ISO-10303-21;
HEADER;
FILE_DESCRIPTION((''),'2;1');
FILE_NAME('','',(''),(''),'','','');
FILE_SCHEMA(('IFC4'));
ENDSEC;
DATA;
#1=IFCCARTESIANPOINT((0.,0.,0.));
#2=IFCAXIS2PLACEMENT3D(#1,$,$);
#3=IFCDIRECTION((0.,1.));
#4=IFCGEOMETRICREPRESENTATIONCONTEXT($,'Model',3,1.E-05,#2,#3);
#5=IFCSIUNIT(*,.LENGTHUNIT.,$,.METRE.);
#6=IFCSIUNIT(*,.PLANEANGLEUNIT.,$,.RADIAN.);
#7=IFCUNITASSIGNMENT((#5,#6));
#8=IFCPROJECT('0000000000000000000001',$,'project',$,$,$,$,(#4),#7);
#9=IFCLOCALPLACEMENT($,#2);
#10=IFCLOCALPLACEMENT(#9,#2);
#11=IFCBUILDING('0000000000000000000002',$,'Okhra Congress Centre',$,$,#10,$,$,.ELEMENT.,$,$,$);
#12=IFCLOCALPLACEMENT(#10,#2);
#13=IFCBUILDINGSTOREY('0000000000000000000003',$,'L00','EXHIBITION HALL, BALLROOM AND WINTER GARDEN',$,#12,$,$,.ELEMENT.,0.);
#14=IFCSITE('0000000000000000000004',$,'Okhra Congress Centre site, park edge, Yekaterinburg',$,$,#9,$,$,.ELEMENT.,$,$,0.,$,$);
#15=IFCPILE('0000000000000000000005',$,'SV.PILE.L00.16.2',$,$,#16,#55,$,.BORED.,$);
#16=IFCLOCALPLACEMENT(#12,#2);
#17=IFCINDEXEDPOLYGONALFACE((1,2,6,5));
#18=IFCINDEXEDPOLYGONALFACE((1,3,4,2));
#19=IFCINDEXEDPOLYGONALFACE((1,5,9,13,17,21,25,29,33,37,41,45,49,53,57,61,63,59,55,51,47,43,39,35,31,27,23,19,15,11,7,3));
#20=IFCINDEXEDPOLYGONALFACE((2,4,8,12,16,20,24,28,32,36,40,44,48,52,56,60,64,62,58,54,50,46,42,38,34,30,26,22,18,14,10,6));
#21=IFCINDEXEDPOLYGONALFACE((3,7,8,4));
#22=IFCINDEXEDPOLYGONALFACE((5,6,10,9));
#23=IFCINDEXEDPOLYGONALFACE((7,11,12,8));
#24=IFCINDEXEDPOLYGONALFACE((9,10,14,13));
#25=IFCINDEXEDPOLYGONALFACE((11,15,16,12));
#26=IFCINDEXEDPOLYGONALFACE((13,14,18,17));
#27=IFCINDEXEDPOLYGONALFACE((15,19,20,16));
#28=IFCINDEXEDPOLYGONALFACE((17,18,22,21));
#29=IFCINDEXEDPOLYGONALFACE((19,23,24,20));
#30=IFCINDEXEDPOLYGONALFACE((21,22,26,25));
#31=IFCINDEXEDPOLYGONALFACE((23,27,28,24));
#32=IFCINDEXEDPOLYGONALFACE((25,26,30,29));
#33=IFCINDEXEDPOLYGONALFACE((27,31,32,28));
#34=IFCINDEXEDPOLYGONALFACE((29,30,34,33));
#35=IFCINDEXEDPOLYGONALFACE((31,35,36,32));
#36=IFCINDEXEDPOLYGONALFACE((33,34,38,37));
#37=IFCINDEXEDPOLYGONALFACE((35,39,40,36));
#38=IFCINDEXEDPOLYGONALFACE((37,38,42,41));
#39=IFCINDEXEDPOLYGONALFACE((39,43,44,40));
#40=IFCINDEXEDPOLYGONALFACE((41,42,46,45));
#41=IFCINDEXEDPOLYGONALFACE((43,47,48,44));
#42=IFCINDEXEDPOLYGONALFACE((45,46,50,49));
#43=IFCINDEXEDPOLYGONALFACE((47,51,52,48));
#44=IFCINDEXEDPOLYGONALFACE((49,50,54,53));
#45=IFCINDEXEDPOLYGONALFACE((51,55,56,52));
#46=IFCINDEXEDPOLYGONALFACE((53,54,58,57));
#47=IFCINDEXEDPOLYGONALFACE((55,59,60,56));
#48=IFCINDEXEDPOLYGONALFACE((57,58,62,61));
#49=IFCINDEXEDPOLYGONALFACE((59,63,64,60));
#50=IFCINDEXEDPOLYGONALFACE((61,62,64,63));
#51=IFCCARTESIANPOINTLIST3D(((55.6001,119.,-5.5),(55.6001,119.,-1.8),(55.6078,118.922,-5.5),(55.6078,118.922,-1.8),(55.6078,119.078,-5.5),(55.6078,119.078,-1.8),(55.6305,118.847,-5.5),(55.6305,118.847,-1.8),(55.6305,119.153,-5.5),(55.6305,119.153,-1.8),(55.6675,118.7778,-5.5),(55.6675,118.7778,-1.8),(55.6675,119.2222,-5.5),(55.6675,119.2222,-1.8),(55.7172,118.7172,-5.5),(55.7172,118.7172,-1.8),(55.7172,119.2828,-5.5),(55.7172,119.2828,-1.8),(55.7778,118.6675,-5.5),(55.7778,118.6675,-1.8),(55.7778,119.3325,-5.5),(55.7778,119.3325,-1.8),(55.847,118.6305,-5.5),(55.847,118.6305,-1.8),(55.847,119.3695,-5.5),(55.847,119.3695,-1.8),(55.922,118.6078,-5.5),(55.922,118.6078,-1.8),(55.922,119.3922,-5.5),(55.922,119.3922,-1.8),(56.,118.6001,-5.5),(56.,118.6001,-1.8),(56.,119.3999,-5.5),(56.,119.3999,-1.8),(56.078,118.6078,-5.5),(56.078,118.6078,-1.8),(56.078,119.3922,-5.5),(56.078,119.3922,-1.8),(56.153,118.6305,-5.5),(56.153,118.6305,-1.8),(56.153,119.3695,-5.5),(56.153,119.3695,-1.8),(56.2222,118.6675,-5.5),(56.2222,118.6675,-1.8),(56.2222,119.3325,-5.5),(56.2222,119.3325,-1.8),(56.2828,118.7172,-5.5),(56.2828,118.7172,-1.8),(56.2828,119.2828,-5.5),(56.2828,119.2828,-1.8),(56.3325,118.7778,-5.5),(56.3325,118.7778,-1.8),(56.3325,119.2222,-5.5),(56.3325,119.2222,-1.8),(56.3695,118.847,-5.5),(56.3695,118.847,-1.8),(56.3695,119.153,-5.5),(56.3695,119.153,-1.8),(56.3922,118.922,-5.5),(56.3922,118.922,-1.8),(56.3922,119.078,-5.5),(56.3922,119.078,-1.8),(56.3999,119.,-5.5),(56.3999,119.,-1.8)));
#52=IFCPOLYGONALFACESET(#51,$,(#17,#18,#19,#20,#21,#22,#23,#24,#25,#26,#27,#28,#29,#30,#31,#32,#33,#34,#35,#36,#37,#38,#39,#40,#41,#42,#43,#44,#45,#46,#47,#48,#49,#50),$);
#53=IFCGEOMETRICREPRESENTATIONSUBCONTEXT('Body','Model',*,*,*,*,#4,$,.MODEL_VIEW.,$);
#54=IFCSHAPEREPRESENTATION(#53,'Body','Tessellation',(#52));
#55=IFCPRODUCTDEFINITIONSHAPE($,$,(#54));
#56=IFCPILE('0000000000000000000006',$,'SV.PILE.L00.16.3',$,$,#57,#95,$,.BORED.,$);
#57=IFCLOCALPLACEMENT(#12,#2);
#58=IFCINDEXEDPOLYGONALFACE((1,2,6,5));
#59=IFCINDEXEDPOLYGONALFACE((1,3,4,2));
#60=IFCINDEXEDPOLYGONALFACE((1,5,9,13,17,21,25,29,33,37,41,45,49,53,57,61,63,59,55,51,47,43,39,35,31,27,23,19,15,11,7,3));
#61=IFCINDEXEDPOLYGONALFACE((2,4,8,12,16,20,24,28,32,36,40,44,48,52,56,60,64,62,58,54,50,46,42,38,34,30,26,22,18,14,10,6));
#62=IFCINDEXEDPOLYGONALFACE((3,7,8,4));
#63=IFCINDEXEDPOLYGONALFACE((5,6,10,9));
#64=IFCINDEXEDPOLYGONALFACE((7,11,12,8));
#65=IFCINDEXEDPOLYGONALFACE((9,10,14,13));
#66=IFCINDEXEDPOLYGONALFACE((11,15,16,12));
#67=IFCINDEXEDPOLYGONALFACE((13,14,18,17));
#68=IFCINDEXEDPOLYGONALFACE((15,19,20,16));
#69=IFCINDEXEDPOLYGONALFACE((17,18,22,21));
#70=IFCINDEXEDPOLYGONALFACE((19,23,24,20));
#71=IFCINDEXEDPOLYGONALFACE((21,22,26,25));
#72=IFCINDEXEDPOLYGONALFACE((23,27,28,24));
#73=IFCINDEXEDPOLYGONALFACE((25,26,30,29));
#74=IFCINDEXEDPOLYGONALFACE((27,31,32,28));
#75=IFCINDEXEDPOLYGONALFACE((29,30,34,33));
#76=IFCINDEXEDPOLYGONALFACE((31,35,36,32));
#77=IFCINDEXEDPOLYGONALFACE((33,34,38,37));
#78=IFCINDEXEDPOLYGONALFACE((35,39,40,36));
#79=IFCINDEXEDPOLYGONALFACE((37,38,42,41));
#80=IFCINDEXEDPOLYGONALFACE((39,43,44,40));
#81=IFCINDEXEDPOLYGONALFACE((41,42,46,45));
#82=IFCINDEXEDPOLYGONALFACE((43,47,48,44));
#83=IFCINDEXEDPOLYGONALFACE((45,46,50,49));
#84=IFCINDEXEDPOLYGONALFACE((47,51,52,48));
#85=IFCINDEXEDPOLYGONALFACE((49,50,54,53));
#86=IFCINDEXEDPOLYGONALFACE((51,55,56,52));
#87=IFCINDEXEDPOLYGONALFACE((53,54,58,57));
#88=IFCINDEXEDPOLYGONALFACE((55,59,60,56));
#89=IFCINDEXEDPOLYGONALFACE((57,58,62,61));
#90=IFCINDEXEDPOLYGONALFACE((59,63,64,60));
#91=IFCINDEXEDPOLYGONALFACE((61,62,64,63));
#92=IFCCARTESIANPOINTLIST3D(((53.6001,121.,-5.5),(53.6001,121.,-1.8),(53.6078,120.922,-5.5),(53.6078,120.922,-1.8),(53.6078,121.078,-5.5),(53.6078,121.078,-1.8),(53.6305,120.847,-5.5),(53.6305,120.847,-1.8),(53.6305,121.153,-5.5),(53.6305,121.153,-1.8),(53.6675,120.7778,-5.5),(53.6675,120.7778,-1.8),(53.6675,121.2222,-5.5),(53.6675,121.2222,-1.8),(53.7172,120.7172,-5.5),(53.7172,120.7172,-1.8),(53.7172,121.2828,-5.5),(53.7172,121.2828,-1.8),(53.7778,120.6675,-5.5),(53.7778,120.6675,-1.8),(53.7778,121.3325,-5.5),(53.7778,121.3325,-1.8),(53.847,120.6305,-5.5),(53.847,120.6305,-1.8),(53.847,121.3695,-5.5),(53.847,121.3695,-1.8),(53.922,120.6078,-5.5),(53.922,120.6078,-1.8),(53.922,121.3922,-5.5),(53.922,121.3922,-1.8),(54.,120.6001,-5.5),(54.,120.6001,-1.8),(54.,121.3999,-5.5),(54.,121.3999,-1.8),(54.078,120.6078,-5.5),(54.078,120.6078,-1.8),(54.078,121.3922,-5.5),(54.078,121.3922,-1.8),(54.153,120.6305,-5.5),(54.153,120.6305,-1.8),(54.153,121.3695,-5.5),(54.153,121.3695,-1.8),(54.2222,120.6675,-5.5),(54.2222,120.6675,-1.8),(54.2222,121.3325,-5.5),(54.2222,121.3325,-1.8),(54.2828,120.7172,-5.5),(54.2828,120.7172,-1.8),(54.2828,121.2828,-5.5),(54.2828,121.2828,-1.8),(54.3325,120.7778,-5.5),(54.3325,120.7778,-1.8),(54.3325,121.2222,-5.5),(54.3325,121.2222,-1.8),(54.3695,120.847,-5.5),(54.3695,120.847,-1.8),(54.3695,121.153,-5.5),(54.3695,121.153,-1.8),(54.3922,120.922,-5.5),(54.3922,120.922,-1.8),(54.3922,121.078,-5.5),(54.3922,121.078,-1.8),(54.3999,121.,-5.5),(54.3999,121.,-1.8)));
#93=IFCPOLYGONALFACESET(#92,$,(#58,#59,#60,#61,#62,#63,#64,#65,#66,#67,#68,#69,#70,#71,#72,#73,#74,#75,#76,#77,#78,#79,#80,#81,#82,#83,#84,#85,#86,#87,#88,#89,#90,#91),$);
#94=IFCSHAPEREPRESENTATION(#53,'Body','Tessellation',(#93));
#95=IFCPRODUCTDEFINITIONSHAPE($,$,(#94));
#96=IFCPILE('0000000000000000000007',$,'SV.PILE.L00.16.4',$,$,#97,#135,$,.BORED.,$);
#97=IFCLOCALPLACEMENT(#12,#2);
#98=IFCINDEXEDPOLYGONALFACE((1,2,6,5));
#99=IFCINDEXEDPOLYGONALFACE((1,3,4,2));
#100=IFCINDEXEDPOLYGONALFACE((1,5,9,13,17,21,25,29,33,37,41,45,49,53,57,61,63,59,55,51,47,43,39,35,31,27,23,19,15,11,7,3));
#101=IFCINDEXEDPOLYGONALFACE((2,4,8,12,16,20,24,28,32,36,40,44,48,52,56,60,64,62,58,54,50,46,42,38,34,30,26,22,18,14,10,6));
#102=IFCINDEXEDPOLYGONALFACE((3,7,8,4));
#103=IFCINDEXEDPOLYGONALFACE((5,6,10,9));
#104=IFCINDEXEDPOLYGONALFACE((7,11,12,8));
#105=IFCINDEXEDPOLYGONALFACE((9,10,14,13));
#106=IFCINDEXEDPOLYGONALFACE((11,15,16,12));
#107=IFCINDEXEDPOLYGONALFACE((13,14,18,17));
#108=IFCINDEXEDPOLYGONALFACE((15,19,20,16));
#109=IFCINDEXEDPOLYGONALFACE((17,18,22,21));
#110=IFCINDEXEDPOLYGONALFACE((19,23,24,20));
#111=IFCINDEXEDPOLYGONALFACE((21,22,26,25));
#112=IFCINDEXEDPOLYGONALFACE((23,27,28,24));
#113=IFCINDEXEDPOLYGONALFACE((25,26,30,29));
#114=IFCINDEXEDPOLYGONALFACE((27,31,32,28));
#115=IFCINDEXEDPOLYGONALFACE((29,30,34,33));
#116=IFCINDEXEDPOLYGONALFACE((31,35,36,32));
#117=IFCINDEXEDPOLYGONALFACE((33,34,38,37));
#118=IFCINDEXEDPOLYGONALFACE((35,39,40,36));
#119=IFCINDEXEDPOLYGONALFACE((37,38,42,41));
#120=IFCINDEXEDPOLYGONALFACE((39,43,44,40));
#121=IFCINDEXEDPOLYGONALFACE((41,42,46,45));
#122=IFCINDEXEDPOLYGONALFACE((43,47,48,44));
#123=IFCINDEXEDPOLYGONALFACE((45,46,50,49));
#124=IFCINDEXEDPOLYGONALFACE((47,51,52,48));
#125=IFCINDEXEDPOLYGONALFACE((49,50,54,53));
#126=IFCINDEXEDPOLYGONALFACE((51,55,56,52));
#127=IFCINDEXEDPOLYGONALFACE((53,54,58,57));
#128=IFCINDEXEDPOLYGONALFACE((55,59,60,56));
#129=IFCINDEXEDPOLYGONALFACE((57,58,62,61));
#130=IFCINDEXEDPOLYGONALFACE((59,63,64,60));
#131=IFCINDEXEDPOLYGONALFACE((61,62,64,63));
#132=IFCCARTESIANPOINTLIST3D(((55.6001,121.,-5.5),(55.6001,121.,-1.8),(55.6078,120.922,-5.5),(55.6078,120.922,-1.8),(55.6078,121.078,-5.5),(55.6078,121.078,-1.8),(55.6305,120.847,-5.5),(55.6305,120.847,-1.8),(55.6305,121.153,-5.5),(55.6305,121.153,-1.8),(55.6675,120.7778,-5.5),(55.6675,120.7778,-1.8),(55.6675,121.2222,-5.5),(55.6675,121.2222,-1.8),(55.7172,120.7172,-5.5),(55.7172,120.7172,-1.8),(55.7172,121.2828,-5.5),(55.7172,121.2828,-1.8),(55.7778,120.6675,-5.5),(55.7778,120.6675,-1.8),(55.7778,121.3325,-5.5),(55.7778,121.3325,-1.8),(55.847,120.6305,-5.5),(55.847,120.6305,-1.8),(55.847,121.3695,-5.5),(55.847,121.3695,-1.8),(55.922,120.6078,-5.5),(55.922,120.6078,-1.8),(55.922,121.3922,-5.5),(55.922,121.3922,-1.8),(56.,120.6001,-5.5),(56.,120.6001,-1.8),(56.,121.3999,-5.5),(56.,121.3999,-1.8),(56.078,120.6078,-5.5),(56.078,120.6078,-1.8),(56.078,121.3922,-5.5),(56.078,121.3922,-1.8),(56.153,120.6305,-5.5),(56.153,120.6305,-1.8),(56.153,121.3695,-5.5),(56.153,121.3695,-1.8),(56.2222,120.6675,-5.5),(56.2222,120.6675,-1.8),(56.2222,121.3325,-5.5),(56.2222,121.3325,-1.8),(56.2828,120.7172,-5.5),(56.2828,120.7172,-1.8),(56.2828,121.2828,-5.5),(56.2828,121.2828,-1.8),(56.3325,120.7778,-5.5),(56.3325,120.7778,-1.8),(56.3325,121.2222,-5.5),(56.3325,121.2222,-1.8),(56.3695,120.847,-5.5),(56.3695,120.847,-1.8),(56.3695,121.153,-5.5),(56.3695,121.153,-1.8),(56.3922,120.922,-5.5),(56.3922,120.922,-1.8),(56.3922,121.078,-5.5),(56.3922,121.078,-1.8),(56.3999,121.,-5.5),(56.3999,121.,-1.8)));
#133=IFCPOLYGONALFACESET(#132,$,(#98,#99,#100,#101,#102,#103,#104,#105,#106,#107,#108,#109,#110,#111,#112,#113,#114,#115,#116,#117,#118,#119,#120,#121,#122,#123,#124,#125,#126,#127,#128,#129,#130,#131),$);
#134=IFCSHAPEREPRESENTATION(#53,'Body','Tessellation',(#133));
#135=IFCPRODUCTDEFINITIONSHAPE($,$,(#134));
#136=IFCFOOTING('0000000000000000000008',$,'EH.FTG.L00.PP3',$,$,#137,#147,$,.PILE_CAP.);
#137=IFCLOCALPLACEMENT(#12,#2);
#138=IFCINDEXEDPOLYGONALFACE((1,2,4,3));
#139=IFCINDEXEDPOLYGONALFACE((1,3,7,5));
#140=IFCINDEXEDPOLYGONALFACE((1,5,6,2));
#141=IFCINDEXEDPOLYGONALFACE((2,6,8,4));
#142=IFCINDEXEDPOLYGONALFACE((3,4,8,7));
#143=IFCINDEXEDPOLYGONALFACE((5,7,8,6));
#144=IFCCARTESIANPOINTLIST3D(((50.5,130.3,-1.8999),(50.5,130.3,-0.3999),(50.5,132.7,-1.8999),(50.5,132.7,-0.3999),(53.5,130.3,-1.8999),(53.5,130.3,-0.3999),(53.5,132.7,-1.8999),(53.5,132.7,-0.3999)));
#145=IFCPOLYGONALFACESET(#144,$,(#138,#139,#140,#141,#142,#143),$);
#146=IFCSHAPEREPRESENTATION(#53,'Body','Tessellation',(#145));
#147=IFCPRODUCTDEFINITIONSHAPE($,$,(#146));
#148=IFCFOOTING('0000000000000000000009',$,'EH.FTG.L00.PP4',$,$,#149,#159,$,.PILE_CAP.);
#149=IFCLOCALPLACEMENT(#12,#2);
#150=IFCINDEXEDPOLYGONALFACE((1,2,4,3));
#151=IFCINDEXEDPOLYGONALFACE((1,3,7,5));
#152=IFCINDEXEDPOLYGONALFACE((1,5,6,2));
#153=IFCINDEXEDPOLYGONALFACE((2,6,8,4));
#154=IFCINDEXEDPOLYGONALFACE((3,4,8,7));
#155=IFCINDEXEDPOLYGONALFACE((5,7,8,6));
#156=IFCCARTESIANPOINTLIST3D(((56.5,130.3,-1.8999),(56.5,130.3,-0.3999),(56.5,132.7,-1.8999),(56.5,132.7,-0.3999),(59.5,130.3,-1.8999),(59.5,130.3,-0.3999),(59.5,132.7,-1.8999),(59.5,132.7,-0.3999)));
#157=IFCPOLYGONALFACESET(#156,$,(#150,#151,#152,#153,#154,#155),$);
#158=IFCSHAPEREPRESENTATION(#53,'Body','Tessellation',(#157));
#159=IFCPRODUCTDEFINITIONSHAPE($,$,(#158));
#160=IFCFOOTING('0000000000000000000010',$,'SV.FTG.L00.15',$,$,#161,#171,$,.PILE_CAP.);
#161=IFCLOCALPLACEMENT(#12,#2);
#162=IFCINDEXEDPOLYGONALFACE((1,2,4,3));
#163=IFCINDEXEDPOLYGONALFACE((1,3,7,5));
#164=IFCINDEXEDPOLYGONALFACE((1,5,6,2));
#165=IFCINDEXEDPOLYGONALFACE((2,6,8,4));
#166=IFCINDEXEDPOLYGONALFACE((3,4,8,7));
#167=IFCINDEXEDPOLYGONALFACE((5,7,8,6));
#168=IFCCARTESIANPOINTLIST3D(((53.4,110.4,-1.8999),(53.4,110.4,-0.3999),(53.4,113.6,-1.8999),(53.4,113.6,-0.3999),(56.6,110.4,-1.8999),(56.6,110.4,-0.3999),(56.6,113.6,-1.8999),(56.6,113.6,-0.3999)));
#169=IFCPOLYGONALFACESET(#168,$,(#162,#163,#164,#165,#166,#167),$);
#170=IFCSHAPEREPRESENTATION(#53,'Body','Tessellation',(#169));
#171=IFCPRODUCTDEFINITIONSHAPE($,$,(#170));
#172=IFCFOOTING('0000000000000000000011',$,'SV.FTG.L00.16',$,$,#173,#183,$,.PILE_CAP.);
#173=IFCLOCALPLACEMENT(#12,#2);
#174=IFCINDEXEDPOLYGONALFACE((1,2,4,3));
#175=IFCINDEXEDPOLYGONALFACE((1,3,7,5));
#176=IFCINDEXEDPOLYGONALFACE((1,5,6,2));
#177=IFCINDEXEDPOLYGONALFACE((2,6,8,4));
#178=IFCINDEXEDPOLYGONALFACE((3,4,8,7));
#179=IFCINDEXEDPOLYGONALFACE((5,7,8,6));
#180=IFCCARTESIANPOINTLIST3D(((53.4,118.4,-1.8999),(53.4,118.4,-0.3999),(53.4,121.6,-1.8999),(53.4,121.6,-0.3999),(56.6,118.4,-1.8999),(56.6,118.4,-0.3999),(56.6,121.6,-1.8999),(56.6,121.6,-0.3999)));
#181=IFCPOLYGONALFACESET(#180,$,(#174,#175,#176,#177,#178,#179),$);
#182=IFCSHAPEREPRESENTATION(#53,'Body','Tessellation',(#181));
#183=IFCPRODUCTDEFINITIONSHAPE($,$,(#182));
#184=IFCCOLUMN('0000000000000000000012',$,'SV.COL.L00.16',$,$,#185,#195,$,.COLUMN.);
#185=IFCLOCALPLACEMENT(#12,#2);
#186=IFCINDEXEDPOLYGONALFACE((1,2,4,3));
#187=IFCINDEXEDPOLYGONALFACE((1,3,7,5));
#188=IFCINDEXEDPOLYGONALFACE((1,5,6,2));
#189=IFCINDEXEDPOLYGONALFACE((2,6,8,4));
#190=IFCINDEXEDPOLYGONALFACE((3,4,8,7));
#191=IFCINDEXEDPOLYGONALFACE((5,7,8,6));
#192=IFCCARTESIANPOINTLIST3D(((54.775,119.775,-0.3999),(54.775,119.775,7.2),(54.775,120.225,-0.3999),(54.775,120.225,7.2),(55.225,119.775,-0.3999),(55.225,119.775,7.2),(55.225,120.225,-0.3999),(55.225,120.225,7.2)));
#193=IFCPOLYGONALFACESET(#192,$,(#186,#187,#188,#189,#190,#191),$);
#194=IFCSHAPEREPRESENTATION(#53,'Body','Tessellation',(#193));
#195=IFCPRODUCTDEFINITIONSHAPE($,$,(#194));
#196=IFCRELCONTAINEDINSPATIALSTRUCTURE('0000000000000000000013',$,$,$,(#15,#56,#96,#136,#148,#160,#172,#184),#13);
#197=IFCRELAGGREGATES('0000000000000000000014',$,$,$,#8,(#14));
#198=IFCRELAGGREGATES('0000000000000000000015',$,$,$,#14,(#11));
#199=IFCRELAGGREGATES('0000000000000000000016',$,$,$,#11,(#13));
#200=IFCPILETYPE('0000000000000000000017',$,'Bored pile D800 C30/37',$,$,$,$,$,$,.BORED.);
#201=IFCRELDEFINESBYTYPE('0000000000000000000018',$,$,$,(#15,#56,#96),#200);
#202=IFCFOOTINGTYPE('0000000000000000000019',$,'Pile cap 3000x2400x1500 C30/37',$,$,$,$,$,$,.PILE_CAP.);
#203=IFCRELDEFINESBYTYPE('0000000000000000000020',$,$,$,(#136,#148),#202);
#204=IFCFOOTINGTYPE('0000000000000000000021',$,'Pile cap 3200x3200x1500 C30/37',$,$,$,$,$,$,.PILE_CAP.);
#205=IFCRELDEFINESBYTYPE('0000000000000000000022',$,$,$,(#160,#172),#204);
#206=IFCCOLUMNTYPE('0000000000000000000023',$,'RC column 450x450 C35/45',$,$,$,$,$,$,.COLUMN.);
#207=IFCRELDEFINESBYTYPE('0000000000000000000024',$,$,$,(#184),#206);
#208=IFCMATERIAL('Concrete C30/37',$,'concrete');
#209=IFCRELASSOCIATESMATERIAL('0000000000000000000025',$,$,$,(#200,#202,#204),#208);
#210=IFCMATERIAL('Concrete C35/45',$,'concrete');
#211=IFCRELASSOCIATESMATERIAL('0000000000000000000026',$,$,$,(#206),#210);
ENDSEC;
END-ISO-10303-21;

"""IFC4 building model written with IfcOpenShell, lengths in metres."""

from ifc_helpers import new_model, si_unit, direction, frame, origin, origin_2d, place, context, subcontext, project, spatial, rectangle, circle, extrude, material, material_profile, profile_set, type_object, element, save


model = new_model("IFC4")

# Units and contexts
model_context = context("Model", 3, precision=1e-05, world=origin(), true_north=direction((0.0, 1.0)))
body_context = subcontext(model_context, "Body", "Model", "MODEL_VIEW")
ifc_project = project(units=[si_unit("LENGTHUNIT", "METRE"), si_unit("PLANEANGLEUNIT", "RADIAN")], contexts=[model_context])

# Site, building, storey
site_placement = place(None, origin())
site = spatial("IfcSite", under=ifc_project, at=site_placement, Name="Okhra Congress Centre site, park edge, Yekaterinburg", CompositionType="ELEMENT", RefElevation=0.0)
building_placement = place(site_placement, origin())
building = spatial("IfcBuilding", under=site, at=building_placement, Name="Okhra Congress Centre", CompositionType="ELEMENT")
storey_placement = place(building_placement, origin())
storey = spatial("IfcBuildingStorey", under=building, at=storey_placement, Name="L00", Description="EXHIBITION HALL, BALLROOM AND WINTER GARDEN", CompositionType="ELEMENT", Elevation=0.0)

# Piles
ifc_material_1 = material(Name="Concrete C30/37", Category="concrete")
ifc_material_profile_1 = material_profile(ifc_material_1, circle(Radius=0.3999, at=origin_2d()), Name="D800")
ifc_profile_set_1 = profile_set([ifc_material_profile_1], Name="Concrete C30/37")
pile_type_1 = type_object("IfcPileType", Name="Bored pile D800 C30/37", PredefinedType="BORED", material=ifc_profile_set_1)
for number, where, z_axis, x_axis, name in (
    (1, (56.0, 119.0, -1.8), (0.0, 0.0, -1.0), (1.0, 0.0, 0.0), "SV.PILE.L00.16.2"),
    (2, (54.0, 121.0, -1.8), (0.0, 0.0, -1.0), (1.0, 0.0, 0.0), "SV.PILE.L00.16.3"),
    (3, (56.0, 121.0, -1.8), (0.0, 0.0, -1.0), (1.0, 0.0, 0.0), "SV.PILE.L00.16.4"),
):
    element("IfcPile", number, at=place(storey_placement, frame(where, z_axis=z_axis, x_axis=x_axis)), inside=storey, type_object=pile_type_1, Name=name, PredefinedType="BORED", context=body_context, shape_type="SweptSolid", body=[
        extrude(circle(Radius=0.3999, at=origin_2d()), origin(), (0.0, 0.0, 1.0), 3.7),
    ])

# Footings
footing_type_1 = type_object("IfcFootingType", Name="Pile cap 3000x2400x1500 C30/37", PredefinedType="PILE_CAP", material=ifc_material_1)
for number, where, z_axis, x_axis, name in (
    (4, (52.0, 131.5, -1.8999), (0.0, 0.0, 1.0), (1.0, 0.0, 0.0), "EH.FTG.L00.PP3"),
    (5, (58.0, 131.5, -1.8999), (0.0, 0.0, 1.0), (1.0, 0.0, 0.0), "EH.FTG.L00.PP4"),
):
    element("IfcFooting", number, at=place(storey_placement, frame(where, z_axis=z_axis, x_axis=x_axis)), inside=storey, type_object=footing_type_1, Name=name, PredefinedType="PILE_CAP", context=body_context, shape_type="SweptSolid", body=[
        extrude(rectangle(XDim=3.0, YDim=2.3999, at=origin_2d()), origin(), (0.0, 0.0, 1.0), 1.5),
    ])
footing_type_2 = type_object("IfcFootingType", Name="Pile cap 3200x3200x1500 C30/37", PredefinedType="PILE_CAP", material=ifc_material_1)
for number, where, z_axis, x_axis, name in (
    (6, (55.0, 112.0, -1.8999), (0.0, 0.0, 1.0), (1.0, 0.0, 0.0), "SV.FTG.L00.15"),
    (7, (55.0, 120.0, -1.8999), (0.0, 0.0, 1.0), (1.0, 0.0, 0.0), "SV.FTG.L00.16"),
):
    element("IfcFooting", number, at=place(storey_placement, frame(where, z_axis=z_axis, x_axis=x_axis)), inside=storey, type_object=footing_type_2, Name=name, PredefinedType="PILE_CAP", context=body_context, shape_type="SweptSolid", body=[
        extrude(rectangle(XDim=3.2, YDim=3.2, at=origin_2d()), origin(), (0.0, 0.0, 1.0), 1.5),
    ])

# Column
ifc_material_2 = material(Name="Concrete C35/45", Category="concrete")
ifc_material_profile_2 = material_profile(ifc_material_2, rectangle(XDim=0.45, YDim=0.45, at=origin_2d()), Name="RC 450x450")
ifc_profile_set_2 = profile_set([ifc_material_profile_2], Name="Concrete C35/45")
column_type_1 = type_object("IfcColumnType", Name="RC column 450x450 C35/45", PredefinedType="COLUMN", material=ifc_profile_set_2)
column_1_placement = place(storey_placement, frame((55.0, 120.0, -0.3999), z_axis=(0.0, 0.0, 1.0), x_axis=(1.0, 0.0, 0.0)))
element("IfcColumn", 8, at=column_1_placement, inside=storey, type_object=column_type_1, Name="SV.COL.L00.16", PredefinedType="COLUMN", context=body_context, shape_type="SweptSolid", body=[
    extrude(rectangle(XDim=0.45, YDim=0.45, at=origin_2d()), origin(), (0.0, 0.0, 1.0), 7.5999),
])

save(model, "model.ifc")
